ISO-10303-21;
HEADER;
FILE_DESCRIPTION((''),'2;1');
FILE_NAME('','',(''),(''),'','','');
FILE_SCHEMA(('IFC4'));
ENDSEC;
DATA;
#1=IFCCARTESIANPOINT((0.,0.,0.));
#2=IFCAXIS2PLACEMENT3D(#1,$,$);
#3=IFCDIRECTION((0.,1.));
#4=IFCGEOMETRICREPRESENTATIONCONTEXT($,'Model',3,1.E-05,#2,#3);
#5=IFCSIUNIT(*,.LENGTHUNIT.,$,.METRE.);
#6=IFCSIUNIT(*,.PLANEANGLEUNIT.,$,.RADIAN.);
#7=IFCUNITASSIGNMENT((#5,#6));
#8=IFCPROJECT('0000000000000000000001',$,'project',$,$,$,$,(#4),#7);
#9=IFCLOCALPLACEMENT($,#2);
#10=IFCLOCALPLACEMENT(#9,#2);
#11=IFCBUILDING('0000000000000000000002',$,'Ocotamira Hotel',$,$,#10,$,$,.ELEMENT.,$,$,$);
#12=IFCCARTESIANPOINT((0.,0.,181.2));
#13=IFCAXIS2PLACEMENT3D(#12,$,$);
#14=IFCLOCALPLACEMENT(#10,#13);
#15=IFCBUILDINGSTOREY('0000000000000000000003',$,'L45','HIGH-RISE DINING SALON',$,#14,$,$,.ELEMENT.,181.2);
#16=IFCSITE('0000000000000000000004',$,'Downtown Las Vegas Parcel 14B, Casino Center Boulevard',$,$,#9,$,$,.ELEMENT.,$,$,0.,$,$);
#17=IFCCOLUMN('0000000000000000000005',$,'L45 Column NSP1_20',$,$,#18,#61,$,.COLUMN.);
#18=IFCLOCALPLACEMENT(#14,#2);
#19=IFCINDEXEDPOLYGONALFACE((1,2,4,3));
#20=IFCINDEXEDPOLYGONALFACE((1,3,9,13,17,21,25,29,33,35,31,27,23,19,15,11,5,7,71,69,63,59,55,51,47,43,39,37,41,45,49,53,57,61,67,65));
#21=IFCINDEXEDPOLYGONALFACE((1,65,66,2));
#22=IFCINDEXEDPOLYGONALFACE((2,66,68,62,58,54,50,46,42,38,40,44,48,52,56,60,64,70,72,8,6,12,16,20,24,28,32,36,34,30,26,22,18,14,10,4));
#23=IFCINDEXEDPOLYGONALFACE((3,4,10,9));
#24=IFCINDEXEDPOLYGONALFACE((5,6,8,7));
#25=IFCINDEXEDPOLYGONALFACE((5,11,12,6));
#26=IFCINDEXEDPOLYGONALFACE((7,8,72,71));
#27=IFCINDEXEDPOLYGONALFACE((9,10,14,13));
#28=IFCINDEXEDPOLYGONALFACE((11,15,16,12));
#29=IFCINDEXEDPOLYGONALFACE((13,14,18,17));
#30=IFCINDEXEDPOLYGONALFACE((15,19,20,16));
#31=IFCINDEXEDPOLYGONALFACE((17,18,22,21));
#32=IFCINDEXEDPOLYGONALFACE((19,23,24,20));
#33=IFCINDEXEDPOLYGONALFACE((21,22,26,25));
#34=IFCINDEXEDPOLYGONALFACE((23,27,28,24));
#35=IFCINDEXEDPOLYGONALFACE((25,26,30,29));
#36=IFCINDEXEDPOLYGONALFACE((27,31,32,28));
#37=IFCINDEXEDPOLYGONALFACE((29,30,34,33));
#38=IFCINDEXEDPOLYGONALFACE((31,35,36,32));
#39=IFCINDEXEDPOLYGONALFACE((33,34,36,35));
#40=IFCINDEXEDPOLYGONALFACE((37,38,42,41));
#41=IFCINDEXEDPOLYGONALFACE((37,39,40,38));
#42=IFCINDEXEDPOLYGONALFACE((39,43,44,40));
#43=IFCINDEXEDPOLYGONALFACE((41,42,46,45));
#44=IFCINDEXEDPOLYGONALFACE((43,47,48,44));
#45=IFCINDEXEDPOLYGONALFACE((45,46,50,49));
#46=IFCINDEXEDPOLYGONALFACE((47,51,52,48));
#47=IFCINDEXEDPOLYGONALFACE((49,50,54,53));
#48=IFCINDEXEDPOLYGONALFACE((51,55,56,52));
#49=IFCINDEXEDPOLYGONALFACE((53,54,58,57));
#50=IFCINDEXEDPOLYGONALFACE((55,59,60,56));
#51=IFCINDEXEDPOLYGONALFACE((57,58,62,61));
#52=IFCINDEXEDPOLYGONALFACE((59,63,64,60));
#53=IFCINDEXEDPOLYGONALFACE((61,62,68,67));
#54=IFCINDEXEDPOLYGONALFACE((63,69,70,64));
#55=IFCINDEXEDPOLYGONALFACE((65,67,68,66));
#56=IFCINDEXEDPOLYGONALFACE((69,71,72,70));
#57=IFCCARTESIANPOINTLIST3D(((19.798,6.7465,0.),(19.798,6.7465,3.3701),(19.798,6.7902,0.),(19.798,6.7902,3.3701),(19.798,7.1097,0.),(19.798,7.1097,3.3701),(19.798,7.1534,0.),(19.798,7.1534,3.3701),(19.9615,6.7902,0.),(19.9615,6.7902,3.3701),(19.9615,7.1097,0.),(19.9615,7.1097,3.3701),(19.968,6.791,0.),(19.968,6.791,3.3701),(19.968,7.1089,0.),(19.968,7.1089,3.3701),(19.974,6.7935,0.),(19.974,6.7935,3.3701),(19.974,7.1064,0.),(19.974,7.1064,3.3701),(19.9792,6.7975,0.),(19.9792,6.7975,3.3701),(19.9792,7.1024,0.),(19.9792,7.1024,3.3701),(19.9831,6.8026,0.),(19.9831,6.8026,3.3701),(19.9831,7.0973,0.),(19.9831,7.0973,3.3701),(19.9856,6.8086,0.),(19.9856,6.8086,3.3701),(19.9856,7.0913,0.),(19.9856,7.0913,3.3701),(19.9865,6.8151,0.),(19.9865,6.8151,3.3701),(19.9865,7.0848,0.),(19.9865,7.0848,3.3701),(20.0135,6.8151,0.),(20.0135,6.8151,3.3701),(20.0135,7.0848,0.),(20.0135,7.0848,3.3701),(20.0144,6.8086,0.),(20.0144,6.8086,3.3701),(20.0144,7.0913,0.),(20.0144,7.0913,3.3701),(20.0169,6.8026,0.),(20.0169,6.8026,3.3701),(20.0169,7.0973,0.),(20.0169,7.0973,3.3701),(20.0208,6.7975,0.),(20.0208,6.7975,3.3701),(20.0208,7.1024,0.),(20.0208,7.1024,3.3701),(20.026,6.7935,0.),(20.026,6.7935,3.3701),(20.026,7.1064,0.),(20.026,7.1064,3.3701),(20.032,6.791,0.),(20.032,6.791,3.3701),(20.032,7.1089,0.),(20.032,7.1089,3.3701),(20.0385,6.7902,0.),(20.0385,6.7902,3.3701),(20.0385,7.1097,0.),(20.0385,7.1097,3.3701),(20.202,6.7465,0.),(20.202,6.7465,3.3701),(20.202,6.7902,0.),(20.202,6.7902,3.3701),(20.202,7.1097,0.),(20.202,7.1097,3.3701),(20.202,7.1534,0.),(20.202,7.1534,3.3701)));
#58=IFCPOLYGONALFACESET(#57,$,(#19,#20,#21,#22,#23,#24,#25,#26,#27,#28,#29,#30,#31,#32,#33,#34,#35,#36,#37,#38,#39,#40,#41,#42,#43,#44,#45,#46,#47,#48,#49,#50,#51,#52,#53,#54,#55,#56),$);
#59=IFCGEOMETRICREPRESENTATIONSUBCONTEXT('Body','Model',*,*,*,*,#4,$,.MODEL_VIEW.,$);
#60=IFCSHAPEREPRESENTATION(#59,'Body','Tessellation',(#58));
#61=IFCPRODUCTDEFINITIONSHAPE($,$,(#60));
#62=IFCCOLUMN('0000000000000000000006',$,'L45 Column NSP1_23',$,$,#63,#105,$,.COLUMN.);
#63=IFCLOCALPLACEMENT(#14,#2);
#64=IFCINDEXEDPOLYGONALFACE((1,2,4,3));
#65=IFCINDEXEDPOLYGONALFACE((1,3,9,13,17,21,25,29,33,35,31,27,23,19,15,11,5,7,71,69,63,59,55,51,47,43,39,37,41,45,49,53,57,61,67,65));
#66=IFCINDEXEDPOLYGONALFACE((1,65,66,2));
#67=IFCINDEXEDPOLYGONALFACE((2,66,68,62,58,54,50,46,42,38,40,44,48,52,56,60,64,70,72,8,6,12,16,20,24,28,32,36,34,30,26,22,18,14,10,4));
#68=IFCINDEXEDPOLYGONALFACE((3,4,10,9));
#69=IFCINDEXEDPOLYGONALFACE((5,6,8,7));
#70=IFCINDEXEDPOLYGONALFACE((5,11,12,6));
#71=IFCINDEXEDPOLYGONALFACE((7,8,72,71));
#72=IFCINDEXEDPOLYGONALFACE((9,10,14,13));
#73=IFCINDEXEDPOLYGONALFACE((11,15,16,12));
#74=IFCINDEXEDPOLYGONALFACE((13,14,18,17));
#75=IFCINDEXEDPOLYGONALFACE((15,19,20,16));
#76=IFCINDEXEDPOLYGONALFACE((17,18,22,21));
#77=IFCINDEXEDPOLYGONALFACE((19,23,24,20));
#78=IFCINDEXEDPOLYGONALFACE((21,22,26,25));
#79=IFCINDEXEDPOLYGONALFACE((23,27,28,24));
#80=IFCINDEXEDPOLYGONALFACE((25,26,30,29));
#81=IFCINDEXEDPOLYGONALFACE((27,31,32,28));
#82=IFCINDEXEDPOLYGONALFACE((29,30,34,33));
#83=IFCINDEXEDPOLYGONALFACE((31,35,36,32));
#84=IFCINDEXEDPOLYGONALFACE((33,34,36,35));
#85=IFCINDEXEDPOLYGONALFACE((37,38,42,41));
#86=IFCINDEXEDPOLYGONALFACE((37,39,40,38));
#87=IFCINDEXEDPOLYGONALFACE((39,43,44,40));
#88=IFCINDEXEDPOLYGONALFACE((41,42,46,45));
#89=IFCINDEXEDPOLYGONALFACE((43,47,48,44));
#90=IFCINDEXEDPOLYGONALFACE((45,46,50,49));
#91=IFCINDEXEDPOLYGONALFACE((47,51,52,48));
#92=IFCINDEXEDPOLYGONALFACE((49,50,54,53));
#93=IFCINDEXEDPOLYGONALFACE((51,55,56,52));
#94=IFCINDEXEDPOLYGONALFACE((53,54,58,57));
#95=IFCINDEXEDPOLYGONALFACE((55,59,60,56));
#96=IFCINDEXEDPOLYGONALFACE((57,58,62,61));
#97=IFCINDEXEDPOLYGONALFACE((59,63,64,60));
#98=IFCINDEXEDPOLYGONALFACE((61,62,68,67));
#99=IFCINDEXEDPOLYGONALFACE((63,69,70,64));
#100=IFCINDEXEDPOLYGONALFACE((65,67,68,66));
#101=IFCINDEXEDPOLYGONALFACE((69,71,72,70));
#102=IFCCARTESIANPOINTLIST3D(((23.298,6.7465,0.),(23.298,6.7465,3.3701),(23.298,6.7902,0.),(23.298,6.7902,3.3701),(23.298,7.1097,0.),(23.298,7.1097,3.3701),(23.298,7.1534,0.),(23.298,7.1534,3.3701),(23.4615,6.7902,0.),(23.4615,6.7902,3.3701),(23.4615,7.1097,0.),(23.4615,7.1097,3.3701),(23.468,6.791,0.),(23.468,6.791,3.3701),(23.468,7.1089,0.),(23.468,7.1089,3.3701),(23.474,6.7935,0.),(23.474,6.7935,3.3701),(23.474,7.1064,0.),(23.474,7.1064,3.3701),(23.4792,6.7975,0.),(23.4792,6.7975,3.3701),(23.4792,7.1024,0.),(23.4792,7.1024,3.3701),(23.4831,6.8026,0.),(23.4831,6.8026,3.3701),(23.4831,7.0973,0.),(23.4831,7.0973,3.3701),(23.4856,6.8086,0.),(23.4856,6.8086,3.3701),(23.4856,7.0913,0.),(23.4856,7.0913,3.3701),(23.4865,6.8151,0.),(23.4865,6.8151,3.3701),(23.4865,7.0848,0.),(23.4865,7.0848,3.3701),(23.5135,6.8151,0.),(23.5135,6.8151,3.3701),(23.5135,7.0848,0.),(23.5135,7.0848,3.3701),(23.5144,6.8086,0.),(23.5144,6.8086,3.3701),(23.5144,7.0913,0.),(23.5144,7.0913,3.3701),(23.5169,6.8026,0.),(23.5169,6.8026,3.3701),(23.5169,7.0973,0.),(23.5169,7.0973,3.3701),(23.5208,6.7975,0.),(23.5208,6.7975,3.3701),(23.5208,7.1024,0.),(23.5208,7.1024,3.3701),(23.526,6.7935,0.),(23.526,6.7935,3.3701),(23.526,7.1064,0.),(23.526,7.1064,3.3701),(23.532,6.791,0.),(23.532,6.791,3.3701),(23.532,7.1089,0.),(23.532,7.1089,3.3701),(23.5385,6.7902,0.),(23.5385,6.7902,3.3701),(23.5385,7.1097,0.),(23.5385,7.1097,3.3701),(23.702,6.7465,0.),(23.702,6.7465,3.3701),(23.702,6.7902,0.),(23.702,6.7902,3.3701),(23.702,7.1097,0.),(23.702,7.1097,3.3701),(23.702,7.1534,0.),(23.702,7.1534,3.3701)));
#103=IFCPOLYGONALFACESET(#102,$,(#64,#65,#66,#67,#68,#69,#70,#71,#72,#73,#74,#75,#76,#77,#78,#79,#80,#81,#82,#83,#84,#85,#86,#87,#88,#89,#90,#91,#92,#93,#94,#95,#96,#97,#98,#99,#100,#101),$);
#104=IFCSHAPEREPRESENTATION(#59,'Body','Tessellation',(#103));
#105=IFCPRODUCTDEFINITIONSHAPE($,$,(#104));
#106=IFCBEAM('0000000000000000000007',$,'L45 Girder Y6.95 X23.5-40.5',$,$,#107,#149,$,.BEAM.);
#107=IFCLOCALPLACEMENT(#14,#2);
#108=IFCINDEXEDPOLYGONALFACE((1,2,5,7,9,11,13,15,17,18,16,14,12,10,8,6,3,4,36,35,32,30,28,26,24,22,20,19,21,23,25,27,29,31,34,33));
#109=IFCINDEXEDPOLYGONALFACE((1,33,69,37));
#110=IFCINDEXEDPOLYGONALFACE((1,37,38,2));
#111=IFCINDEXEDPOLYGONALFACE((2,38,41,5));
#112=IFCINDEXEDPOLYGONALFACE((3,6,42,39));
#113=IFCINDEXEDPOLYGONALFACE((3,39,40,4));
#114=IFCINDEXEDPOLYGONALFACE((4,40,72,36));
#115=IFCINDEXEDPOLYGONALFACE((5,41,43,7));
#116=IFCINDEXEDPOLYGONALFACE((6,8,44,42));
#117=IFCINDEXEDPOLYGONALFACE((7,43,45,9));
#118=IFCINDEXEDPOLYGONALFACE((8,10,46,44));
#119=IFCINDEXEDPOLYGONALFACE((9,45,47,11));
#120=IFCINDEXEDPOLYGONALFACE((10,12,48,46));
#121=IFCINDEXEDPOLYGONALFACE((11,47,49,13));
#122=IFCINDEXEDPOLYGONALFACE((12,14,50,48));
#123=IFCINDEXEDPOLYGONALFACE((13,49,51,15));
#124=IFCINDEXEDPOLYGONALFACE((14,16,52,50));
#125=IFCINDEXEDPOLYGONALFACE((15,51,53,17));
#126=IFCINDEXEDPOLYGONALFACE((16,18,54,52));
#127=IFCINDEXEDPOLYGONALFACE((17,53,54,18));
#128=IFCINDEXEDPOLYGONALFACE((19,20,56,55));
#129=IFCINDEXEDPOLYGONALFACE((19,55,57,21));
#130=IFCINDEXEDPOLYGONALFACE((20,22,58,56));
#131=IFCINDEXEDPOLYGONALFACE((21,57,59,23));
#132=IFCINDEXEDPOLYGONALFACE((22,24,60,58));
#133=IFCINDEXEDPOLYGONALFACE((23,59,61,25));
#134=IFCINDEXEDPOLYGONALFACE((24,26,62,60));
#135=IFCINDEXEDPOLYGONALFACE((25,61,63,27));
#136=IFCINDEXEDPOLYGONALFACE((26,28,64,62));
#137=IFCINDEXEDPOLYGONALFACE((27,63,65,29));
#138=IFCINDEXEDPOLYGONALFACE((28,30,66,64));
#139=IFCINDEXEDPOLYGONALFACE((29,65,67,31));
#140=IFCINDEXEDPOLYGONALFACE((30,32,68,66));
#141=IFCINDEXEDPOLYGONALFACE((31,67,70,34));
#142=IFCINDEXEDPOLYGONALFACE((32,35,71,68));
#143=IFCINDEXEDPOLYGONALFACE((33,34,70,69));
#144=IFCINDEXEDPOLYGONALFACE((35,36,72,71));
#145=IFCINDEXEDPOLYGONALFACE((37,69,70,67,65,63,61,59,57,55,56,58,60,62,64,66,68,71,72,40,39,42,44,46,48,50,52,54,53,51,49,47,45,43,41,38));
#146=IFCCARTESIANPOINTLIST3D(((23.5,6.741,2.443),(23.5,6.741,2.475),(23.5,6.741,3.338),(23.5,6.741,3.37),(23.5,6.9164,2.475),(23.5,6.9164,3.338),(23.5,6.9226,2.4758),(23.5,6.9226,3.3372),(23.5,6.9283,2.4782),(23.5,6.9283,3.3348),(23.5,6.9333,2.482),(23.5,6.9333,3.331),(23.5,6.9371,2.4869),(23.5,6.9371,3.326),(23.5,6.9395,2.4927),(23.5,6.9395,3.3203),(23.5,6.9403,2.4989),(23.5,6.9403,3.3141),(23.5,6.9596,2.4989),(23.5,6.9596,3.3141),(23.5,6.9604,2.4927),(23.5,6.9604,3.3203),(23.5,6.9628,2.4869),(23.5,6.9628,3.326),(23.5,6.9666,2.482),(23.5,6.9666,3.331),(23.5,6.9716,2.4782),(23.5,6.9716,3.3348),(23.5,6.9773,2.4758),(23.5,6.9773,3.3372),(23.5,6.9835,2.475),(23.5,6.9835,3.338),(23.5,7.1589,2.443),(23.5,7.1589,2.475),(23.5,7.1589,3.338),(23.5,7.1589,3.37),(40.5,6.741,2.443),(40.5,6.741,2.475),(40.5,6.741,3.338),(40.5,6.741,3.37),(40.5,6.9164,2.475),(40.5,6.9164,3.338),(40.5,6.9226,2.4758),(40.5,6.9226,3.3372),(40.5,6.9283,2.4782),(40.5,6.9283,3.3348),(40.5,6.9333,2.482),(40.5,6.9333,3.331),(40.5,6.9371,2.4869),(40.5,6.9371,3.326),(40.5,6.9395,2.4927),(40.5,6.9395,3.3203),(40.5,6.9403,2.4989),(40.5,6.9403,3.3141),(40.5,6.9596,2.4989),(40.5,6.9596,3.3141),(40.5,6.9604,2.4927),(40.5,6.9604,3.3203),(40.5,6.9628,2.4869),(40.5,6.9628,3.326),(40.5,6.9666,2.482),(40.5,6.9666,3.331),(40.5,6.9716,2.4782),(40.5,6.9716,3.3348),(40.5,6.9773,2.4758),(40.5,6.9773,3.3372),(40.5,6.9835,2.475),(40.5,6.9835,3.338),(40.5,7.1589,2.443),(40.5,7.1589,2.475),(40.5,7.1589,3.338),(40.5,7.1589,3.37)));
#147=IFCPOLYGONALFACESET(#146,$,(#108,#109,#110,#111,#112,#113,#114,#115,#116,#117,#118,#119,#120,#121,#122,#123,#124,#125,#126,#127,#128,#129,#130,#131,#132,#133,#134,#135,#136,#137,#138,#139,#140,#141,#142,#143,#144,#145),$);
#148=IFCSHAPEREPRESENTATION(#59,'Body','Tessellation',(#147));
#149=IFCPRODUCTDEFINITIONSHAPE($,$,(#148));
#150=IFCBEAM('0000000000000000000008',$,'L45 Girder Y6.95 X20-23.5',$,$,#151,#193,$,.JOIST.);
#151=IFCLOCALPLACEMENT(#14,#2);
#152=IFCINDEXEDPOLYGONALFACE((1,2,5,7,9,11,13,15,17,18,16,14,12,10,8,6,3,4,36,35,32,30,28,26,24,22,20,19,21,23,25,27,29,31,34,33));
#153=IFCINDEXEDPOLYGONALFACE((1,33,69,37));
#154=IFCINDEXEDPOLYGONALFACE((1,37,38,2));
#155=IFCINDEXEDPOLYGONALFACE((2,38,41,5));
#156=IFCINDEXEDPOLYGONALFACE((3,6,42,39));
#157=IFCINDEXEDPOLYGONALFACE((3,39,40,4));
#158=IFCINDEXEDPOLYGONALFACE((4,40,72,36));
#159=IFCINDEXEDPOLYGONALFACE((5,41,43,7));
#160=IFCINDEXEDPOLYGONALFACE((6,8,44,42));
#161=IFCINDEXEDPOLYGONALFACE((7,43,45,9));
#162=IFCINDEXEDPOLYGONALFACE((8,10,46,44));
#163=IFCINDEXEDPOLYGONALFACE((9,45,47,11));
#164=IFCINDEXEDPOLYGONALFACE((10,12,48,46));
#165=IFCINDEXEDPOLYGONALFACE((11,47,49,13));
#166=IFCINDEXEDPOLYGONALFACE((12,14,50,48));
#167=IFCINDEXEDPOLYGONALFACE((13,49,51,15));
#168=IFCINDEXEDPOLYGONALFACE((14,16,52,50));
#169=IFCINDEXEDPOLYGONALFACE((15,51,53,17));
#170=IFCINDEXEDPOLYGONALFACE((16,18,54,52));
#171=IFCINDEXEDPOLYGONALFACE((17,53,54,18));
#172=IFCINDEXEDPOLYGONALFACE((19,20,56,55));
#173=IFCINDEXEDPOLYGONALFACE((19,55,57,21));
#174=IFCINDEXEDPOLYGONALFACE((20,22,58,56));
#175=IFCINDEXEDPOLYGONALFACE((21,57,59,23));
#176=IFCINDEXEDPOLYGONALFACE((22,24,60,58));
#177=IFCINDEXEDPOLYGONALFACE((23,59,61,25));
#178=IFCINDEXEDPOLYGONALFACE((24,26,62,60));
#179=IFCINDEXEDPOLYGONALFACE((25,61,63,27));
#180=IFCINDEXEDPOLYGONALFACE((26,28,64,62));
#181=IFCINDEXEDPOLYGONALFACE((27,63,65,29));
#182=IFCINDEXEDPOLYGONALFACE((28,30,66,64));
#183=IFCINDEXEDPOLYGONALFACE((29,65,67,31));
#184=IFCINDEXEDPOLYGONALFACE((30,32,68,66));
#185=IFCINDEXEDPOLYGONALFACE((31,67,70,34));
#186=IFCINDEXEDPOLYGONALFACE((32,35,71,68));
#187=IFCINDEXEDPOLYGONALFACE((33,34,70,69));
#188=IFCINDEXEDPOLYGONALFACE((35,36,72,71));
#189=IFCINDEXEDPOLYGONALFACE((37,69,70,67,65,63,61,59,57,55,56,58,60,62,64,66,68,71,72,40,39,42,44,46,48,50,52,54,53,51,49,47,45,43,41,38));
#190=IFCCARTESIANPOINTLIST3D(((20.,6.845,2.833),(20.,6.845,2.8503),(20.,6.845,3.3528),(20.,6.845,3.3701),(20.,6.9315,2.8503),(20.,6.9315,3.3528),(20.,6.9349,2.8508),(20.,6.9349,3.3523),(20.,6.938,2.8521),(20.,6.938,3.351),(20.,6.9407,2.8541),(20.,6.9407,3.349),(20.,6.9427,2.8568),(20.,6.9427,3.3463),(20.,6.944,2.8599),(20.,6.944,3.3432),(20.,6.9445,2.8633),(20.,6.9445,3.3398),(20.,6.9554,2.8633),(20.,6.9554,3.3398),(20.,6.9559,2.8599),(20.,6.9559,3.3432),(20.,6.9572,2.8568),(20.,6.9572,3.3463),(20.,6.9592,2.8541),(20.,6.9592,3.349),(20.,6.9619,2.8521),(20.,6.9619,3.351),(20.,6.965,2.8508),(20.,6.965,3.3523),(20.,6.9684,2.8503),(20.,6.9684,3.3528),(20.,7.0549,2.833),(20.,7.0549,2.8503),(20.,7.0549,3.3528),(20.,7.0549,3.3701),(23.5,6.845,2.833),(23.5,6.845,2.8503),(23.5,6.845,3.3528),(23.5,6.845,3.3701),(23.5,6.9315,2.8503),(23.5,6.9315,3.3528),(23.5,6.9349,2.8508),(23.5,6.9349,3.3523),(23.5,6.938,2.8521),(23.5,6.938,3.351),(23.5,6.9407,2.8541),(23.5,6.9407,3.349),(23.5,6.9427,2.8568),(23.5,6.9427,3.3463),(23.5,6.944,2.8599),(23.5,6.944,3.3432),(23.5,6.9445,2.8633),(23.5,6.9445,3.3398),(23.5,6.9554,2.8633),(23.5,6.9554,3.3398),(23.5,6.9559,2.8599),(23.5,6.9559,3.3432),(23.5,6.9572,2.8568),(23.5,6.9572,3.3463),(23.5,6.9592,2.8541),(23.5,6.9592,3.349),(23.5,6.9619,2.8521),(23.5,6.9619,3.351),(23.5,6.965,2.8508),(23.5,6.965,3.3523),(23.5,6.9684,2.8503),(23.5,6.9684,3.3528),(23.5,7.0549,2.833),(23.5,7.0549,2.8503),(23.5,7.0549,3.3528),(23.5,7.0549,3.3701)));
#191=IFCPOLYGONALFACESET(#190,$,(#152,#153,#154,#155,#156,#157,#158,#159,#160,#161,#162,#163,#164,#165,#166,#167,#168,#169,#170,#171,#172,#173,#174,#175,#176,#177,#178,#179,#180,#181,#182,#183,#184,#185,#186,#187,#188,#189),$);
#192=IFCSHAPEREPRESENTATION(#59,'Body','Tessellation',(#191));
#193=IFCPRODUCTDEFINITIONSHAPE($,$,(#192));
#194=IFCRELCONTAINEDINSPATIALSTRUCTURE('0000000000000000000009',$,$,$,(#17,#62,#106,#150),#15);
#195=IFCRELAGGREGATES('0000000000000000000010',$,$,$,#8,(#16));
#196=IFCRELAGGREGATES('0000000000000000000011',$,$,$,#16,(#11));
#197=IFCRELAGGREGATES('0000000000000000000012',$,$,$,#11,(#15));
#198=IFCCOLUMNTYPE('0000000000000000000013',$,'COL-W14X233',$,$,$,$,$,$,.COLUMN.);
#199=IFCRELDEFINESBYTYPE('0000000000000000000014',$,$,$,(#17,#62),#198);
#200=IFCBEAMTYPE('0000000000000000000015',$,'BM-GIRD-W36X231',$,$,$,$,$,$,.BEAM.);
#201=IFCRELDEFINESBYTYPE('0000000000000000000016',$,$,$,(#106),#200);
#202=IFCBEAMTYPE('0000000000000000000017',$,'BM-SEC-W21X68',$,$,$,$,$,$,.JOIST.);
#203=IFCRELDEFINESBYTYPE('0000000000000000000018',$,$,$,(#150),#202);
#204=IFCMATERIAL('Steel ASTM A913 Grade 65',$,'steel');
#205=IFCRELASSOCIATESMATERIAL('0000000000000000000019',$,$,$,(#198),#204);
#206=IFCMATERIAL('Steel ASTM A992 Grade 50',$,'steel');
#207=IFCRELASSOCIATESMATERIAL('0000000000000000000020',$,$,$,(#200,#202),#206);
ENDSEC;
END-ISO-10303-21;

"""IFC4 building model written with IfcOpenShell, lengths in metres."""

from ifc_helpers import new_model, si_unit, direction, frame, origin, origin_2d, place, context, subcontext, project, spatial, i_section, extrude, source, transform, mapped, material, material_profile, profile_set, type_object, element, save


model = new_model("IFC4")

# Units and contexts
model_context = context("Model", 3, precision=1e-05, world=origin(), true_north=direction((0.0, 1.0)))
body_context = subcontext(model_context, "Body", "Model", "MODEL_VIEW")
ifc_project = project(units=[si_unit("LENGTHUNIT", "METRE"), si_unit("PLANEANGLEUNIT", "RADIAN")], contexts=[model_context])

# Site, building, storey
site_placement = place(None, origin())
site = spatial("IfcSite", under=ifc_project, at=site_placement, Name="Downtown Las Vegas Parcel 14B, Casino Center Boulevard", CompositionType="ELEMENT", RefElevation=0.0)
building_placement = place(site_placement, origin())
building = spatial("IfcBuilding", under=site, at=building_placement, Name="Ocotamira Hotel", CompositionType="ELEMENT")
storey_placement = place(building_placement, frame((0.0, 0.0, 181.2)))
storey = spatial("IfcBuildingStorey", under=building, at=storey_placement, Name="L45", Description="HIGH-RISE DINING SALON", CompositionType="ELEMENT", Elevation=181.2)

# Columns
ifc_material_1 = material(Name="Steel ASTM A913 Grade 65", Category="steel")
ifc_material_profile_1 = material_profile(ifc_material_1, i_section(OverallWidth=0.4041, OverallDepth=0.407, WebThickness=0.0271, FlangeThickness=0.0437, FilletRadius=0.0249, at=origin_2d()), Name="W14X233")
ifc_profile_set_1 = profile_set([ifc_material_profile_1], Name="Steel ASTM A913 Grade 65")
column_type = type_object("IfcColumnType", Name="COL-W14X233", PredefinedType="COLUMN", material=ifc_profile_set_1)
shared_shape_1 = source(origin(), body_context, "Body", "SweptSolid", [
    extrude(i_section(OverallWidth=0.4041, OverallDepth=0.407, WebThickness=0.0271, FlangeThickness=0.0437, FilletRadius=0.0249, at=origin_2d()), origin(), (0.0, 0.0, 1.0), 3.3701),
])
for number, where, z_axis, x_axis, name in (
    (1, (20.0, 6.95, 0.0), (0.0, 0.0, 1.0), (1.0, 0.0, 0.0), "L45 Column NSP1_20"),
    (2, (23.5, 6.95, 0.0), (0.0, 0.0, 1.0), (1.0, 0.0, 0.0), "L45 Column NSP1_23"),
):
    element("IfcColumn", number, at=place(storey_placement, frame(where, z_axis=z_axis, x_axis=x_axis)), inside=storey, type_object=column_type, Name=name, PredefinedType="COLUMN", context=body_context, shape_type="MappedRepresentation", body=[
        mapped(shared_shape_1, transform((0.0, 0.0, 0.0), scale=1.0)),
    ])

# Beams
ifc_material_2 = material(Name="Steel ASTM A992 Grade 50", Category="steel")
ifc_material_profile_2 = material_profile(ifc_material_2, i_section(OverallWidth=0.418, OverallDepth=0.927, WebThickness=0.0193, FlangeThickness=0.032, FilletRadius=0.0239, at=origin_2d()), Name="W36X231")
ifc_profile_set_2 = profile_set([ifc_material_profile_2], Name="Steel ASTM A992 Grade 50")
beam_type_1 = type_object("IfcBeamType", Name="BM-GIRD-W36X231", PredefinedType="BEAM", material=ifc_profile_set_2)
shared_shape_2 = source(origin(), body_context, "Body", "SweptSolid", [
    extrude(i_section(OverallWidth=0.418, OverallDepth=0.927, WebThickness=0.0193, FlangeThickness=0.032, FilletRadius=0.0239, at=origin_2d()), origin(), (0.0, 0.0, 1.0), 17.0),
])
beam_1_placement = place(storey_placement, frame((23.5, 6.95, 2.9065), z_axis=(1.0, 0.0, 0.0), x_axis=(0.0, 1.0, 0.0)))
element("IfcBeam", 3, at=beam_1_placement, inside=storey, type_object=beam_type_1, Name="L45 Girder Y6.95 X23.5-40.5", PredefinedType="BEAM", context=body_context, shape_type="MappedRepresentation", body=[
    mapped(shared_shape_2, transform((0.0, 0.0, 0.0), scale=1.0)),
])
ifc_material_profile_3 = material_profile(ifc_material_2, i_section(OverallWidth=0.21, OverallDepth=0.5371, WebThickness=0.011, FlangeThickness=0.0173, FilletRadius=0.0129, at=origin_2d()), Name="W21X68")
ifc_profile_set_3 = profile_set([ifc_material_profile_3], Name="Steel ASTM A992 Grade 50")
beam_type_2 = type_object("IfcBeamType", Name="BM-SEC-W21X68", PredefinedType="JOIST", material=ifc_profile_set_3)
shared_shape_3 = source(origin(), body_context, "Body", "SweptSolid", [
    extrude(i_section(OverallWidth=0.21, OverallDepth=0.5371, WebThickness=0.011, FlangeThickness=0.0173, FilletRadius=0.0129, at=origin_2d()), origin(), (0.0, 0.0, 1.0), 3.5),
])
beam_2_placement = place(storey_placement, frame((20.0, 6.95, 3.1016), z_axis=(1.0, 0.0, 0.0), x_axis=(0.0, 1.0, 0.0)))
element("IfcBeam", 4, at=beam_2_placement, inside=storey, type_object=beam_type_2, Name="L45 Girder Y6.95 X20-23.5", PredefinedType="JOIST", context=body_context, shape_type="MappedRepresentation", body=[
    mapped(shared_shape_3, transform((0.0, 0.0, 0.0), scale=1.0)),
])

save(model, "model.ifc")
